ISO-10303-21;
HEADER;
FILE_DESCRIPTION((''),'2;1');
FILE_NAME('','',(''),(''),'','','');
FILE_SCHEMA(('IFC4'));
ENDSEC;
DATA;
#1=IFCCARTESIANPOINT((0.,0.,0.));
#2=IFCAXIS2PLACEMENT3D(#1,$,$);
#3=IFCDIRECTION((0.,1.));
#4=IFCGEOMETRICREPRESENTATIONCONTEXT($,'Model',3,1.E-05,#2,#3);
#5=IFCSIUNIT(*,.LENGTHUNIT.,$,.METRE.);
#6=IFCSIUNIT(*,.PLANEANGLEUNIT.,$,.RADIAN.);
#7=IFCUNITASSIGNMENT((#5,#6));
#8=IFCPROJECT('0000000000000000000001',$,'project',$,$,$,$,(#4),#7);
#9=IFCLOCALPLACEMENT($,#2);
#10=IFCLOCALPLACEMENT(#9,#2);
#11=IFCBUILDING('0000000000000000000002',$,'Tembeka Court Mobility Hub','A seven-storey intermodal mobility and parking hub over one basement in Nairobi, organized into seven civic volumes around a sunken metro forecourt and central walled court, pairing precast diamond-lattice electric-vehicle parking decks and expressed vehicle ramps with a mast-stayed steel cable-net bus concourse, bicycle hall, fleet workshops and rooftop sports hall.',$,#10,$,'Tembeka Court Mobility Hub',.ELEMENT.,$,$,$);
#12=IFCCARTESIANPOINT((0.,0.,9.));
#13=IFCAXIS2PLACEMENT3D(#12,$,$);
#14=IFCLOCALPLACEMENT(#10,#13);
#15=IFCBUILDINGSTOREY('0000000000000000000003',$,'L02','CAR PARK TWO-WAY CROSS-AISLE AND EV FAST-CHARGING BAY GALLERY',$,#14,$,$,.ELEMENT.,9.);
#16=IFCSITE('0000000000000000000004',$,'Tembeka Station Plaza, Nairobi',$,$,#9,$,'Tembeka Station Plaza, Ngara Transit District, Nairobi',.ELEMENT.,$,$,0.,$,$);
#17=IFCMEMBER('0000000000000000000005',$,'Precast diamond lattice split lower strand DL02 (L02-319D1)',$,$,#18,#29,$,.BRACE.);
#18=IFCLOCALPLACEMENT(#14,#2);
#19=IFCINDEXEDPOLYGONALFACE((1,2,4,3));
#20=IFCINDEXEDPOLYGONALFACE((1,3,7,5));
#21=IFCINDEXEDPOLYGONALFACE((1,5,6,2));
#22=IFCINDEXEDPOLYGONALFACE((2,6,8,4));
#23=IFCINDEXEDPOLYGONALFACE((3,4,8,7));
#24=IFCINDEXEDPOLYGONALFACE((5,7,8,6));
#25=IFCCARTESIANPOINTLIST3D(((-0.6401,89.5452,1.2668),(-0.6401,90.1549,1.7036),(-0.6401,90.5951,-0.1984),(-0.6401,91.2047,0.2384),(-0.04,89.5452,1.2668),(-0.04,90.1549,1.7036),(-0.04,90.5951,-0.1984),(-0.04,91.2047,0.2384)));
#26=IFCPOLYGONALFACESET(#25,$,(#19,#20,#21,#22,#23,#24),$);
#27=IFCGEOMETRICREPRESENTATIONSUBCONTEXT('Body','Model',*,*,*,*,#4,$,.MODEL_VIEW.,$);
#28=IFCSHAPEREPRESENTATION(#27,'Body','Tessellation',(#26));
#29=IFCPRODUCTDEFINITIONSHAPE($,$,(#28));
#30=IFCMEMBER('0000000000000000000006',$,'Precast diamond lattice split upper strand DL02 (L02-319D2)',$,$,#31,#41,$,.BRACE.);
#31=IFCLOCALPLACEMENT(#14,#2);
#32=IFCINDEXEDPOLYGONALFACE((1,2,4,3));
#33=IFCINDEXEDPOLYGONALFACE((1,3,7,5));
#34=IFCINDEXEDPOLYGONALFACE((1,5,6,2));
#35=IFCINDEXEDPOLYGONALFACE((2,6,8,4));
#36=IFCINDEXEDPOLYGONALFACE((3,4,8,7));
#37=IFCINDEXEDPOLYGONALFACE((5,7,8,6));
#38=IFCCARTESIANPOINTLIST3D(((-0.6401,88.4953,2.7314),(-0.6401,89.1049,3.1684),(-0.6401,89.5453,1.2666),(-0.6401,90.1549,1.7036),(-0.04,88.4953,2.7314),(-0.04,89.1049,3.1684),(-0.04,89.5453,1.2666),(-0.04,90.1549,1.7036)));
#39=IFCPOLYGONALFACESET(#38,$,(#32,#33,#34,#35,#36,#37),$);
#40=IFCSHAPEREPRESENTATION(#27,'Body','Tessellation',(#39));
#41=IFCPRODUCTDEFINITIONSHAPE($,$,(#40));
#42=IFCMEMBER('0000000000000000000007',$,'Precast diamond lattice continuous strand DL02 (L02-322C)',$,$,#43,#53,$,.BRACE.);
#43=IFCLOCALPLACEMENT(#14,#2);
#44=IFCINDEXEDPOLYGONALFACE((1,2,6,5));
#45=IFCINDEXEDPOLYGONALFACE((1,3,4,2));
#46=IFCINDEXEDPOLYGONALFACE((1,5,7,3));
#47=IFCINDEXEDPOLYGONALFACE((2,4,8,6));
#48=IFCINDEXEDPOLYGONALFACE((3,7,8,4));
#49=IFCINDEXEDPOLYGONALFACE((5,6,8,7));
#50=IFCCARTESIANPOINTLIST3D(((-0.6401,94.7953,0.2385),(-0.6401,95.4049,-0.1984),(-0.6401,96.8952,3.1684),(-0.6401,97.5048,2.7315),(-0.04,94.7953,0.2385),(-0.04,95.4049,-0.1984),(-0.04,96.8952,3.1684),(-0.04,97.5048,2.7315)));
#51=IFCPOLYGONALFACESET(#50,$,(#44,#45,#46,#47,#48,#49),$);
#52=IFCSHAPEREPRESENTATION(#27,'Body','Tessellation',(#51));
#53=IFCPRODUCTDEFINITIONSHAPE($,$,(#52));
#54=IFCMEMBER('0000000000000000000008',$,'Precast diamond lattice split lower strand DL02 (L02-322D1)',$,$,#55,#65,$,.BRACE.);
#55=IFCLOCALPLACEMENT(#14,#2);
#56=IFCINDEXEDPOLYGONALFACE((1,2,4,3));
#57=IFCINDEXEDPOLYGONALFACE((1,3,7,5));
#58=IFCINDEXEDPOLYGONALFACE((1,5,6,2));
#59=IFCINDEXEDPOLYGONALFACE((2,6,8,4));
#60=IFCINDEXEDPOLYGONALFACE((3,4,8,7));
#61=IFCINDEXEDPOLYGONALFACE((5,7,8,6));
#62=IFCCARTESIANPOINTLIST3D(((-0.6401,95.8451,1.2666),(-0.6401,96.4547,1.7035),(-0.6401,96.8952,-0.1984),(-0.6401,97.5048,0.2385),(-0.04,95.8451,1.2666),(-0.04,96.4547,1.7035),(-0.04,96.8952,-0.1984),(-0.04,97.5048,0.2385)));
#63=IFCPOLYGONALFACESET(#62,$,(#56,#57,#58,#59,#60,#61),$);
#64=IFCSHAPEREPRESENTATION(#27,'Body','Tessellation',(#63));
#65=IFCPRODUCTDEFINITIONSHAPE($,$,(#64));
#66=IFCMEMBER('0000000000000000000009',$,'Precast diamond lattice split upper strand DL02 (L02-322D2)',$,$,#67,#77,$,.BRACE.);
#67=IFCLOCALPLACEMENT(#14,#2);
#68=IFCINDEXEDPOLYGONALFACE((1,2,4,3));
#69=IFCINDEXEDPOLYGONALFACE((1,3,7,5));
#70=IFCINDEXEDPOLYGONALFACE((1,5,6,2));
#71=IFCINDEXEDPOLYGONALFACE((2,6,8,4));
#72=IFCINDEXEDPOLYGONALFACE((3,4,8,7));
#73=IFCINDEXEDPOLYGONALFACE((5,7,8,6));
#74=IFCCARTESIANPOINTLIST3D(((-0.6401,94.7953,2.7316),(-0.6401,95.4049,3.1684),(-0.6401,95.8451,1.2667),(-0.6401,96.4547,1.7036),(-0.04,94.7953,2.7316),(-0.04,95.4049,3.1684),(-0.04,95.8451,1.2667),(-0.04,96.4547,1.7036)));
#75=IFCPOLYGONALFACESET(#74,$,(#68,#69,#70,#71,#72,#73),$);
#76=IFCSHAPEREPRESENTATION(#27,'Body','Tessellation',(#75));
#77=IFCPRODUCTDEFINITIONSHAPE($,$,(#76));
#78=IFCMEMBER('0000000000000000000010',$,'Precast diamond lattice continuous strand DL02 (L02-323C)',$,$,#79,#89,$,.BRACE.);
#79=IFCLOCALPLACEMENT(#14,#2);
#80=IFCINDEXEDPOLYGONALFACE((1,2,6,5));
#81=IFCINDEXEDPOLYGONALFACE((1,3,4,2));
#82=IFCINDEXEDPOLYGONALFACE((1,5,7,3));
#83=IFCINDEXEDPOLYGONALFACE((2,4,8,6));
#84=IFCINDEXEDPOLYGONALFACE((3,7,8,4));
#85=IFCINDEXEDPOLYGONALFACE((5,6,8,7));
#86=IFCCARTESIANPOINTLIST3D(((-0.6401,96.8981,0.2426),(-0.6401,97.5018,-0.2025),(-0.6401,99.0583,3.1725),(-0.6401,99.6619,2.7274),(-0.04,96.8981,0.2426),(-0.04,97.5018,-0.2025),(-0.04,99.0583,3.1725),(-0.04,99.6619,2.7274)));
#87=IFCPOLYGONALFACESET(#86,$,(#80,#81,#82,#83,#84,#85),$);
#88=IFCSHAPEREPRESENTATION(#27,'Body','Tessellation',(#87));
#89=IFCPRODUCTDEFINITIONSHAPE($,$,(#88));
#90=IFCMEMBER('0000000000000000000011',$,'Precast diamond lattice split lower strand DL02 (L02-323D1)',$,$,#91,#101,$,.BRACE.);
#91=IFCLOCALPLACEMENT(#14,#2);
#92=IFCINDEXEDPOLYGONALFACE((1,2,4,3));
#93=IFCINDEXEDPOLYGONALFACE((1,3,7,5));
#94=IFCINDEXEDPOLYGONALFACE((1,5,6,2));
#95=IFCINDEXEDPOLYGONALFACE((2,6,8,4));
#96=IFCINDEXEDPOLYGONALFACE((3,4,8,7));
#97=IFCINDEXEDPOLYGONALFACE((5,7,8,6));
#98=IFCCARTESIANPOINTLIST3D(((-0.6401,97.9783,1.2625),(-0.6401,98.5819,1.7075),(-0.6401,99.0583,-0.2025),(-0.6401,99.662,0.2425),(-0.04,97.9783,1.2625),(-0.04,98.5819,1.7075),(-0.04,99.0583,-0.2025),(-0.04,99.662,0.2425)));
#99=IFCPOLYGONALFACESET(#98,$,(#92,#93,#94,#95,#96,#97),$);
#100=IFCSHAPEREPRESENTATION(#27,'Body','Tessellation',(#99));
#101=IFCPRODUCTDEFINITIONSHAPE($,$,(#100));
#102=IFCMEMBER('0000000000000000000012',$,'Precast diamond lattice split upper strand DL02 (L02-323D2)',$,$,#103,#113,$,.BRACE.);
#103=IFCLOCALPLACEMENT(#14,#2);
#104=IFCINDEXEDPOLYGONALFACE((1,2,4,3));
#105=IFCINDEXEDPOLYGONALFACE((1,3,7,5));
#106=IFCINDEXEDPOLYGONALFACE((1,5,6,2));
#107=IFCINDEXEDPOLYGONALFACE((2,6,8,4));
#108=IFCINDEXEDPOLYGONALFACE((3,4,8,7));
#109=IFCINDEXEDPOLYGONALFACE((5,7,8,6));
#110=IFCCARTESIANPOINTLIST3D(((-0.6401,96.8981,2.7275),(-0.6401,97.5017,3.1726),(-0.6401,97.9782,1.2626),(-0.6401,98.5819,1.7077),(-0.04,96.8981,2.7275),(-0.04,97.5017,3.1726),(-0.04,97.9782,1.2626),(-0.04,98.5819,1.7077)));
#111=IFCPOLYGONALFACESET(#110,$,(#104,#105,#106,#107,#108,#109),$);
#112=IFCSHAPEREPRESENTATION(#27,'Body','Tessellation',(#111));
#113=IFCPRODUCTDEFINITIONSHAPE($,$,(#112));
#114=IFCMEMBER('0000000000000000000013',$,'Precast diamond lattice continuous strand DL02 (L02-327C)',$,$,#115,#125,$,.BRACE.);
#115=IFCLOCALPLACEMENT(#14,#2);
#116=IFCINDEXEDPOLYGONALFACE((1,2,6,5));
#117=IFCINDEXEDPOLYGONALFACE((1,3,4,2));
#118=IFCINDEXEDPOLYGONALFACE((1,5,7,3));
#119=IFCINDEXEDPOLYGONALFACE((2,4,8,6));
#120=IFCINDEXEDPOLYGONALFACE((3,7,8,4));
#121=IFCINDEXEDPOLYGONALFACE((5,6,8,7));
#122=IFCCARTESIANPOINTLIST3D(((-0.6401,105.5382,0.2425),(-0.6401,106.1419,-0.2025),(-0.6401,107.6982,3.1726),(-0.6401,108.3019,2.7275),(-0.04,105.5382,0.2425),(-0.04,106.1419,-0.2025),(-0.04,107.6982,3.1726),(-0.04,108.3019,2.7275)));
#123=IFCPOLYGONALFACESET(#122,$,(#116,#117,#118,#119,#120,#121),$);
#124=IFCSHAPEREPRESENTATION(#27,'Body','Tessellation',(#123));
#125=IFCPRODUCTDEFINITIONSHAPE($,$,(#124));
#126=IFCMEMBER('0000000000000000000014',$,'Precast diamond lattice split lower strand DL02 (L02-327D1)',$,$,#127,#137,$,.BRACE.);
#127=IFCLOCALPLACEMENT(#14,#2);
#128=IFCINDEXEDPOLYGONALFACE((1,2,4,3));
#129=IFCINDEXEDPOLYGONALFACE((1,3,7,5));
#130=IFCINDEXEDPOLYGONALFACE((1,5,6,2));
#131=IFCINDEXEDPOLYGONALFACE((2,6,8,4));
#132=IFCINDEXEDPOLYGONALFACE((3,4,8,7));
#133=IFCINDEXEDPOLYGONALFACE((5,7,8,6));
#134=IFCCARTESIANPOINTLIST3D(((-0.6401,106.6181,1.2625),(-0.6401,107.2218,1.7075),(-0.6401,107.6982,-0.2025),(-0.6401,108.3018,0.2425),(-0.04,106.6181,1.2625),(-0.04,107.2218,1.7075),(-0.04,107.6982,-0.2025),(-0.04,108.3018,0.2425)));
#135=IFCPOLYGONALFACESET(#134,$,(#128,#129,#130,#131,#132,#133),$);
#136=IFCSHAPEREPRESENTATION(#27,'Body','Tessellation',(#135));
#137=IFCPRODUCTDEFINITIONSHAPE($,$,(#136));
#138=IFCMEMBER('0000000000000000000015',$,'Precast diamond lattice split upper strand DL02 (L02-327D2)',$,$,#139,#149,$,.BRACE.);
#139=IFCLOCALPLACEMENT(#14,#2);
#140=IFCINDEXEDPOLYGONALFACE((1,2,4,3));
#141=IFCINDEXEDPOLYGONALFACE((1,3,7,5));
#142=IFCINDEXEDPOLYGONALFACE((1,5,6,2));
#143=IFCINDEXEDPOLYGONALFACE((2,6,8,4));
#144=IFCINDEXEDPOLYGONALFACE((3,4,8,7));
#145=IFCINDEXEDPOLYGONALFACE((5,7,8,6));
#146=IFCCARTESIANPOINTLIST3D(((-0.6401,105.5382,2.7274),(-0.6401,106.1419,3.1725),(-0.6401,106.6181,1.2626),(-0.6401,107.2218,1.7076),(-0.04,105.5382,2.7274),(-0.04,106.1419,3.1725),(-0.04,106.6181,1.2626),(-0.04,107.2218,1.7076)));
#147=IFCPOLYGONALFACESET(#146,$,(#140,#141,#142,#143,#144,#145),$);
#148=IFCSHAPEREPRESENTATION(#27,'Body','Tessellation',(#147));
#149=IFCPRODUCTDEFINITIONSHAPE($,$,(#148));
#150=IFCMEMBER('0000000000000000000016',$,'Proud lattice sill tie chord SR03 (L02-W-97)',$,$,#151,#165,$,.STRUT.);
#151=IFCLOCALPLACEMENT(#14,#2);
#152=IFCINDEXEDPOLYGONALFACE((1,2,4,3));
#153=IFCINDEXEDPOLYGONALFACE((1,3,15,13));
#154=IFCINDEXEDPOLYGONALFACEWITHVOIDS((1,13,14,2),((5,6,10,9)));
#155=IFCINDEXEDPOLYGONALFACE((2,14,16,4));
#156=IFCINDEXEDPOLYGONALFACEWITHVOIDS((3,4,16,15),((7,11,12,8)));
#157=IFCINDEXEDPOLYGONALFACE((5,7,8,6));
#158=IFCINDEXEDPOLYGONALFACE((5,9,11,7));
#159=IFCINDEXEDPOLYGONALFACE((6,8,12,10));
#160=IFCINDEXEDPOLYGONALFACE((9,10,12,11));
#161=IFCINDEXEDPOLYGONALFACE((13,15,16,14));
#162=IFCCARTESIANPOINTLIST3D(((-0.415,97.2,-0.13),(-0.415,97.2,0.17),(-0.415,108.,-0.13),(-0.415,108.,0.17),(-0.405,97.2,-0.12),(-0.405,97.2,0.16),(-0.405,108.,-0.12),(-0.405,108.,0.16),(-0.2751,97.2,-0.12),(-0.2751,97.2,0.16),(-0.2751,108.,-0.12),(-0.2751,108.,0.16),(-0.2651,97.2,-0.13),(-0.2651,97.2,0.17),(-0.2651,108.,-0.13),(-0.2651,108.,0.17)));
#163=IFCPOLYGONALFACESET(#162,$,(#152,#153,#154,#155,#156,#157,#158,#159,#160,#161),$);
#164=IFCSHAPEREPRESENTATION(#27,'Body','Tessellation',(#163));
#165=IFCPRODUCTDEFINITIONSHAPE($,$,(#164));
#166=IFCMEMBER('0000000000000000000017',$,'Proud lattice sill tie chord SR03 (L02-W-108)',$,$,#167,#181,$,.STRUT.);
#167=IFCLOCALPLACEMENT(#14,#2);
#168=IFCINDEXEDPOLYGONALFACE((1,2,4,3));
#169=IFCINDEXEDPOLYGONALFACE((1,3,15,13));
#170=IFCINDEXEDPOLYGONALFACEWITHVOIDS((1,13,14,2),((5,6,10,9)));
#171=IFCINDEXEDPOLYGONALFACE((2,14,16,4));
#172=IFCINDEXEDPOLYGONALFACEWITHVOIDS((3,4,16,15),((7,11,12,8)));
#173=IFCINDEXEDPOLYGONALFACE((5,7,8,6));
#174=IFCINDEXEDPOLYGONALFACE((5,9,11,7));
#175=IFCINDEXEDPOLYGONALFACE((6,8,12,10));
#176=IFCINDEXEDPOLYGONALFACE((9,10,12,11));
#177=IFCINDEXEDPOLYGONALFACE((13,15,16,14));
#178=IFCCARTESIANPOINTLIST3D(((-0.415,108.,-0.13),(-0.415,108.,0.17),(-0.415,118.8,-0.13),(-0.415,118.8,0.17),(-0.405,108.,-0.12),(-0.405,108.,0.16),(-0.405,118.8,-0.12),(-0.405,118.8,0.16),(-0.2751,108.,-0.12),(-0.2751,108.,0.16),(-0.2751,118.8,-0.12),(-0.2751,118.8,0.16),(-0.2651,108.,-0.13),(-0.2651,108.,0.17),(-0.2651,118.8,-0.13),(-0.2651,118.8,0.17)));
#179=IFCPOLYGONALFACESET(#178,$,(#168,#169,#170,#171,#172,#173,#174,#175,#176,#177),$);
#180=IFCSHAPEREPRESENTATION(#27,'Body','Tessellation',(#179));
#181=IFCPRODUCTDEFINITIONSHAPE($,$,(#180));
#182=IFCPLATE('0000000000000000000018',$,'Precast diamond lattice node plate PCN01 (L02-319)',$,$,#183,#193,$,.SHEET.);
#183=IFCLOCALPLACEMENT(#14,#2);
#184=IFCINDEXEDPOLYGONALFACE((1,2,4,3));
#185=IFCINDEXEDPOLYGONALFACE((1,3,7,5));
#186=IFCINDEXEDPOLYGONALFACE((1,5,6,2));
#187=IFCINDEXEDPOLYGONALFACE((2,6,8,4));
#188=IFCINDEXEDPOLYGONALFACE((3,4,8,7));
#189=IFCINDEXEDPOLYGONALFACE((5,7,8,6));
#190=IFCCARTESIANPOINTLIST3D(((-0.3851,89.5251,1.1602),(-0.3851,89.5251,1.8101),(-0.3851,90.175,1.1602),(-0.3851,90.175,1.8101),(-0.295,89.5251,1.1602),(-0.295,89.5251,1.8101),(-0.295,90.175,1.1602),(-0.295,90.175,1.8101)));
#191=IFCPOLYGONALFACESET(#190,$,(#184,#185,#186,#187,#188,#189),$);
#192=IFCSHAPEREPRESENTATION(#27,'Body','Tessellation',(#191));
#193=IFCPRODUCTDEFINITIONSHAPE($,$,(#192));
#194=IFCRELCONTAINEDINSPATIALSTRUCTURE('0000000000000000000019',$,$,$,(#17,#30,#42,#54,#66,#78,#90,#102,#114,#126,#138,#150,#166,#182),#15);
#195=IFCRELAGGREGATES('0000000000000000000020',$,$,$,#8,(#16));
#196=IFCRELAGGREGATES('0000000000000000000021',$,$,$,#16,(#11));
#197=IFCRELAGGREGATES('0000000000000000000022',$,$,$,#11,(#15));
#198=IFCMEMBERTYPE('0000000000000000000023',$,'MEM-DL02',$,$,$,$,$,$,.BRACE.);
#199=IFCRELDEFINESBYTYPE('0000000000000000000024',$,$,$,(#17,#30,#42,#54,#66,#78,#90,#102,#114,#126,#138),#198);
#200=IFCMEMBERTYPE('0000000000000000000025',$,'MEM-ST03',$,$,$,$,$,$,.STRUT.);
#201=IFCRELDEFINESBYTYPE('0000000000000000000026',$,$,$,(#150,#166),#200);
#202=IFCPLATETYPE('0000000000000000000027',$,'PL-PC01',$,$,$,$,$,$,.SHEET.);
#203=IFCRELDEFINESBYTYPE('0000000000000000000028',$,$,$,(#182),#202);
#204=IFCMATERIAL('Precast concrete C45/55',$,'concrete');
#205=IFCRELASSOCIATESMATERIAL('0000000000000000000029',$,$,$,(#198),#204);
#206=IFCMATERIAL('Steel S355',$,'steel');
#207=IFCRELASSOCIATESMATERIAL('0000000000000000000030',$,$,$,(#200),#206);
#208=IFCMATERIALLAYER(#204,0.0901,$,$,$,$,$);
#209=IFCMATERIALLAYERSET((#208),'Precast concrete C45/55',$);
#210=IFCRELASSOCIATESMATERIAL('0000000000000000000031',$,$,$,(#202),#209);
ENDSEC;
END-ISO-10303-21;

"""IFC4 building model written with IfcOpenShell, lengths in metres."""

from ifc_helpers import new_model, si_unit, direction, frame, origin, origin_2d, place, context, subcontext, project, spatial, rectangle, hollow_rectangle, extrude, material, layer, layer_set, material_profile, profile_set, type_object, element, save


model = new_model("IFC4")

# Units and contexts
model_context = context("Model", 3, precision=1e-05, world=origin(), true_north=direction((0.0, 1.0)))
body_context = subcontext(model_context, "Body", "Model", "MODEL_VIEW")
ifc_project = project(units=[si_unit("LENGTHUNIT", "METRE"), si_unit("PLANEANGLEUNIT", "RADIAN")], contexts=[model_context])

# Site, building, storey
site_placement = place(None, origin())
site = spatial("IfcSite", under=ifc_project, at=site_placement, Name="Tembeka Station Plaza, Nairobi", LongName="Tembeka Station Plaza, Ngara Transit District, Nairobi", CompositionType="ELEMENT", RefElevation=0.0)
building_placement = place(site_placement, origin())
building = spatial("IfcBuilding", under=site, at=building_placement, Name="Tembeka Court Mobility Hub", Description="A seven-storey intermodal mobility and parking hub over one basement in Nairobi, organized into seven civic volumes around a sunken metro forecourt and central walled court, pairing precast diamond-lattice electric-vehicle parking decks and expressed vehicle ramps with a mast-stayed steel cable-net bus concourse, bicycle hall, fleet workshops and rooftop sports hall.", LongName="Tembeka Court Mobility Hub", CompositionType="ELEMENT")
storey_placement = place(building_placement, frame((0.0, 0.0, 9.0)))
storey = spatial("IfcBuildingStorey", under=building, at=storey_placement, Name="L02", Description="CAR PARK TWO-WAY CROSS-AISLE AND EV FAST-CHARGING BAY GALLERY", CompositionType="ELEMENT", Elevation=9.0)

# Members
ifc_material_1 = material(Name="Precast concrete C45/55", Category="concrete")
ifc_material_profile_1 = material_profile(ifc_material_1, rectangle(XDim=0.6001, YDim=0.75, at=origin_2d()), Name="PC-DIAG 600x750")
ifc_profile_set_1 = profile_set([ifc_material_profile_1], Name="Precast concrete C45/55")
member_type_1 = type_object("IfcMemberType", Name="MEM-DL02", PredefinedType="BRACE", material=ifc_profile_set_1)
member_1_placement = place(storey_placement, frame((-0.3401, 90.8999, 0.02), z_axis=(0.0, -0.582455, 0.812863), x_axis=(1.0, 0.0, 0.0)))
element("IfcMember", 1, at=member_1_placement, inside=storey, type_object=member_type_1, Name="Precast diamond lattice split lower strand DL02 (L02-319D1)", PredefinedType="BRACE", context=body_context, shape_type="SweptSolid", body=[
    extrude(rectangle(XDim=0.6001, YDim=0.75, at=origin_2d()), origin(), (0.0, 0.0, 1.0), 1.8025),
])
member_2_placement = place(storey_placement, frame((-0.3401, 89.8501, 1.4851), z_axis=(0.0, -0.582608, 0.812753), x_axis=(1.0, 0.0, 0.0)))
element("IfcMember", 2, at=member_2_placement, inside=storey, type_object=member_type_1, Name="Precast diamond lattice split upper strand DL02 (L02-319D2)", PredefinedType="BRACE", context=body_context, shape_type="SweptSolid", body=[
    extrude(rectangle(XDim=0.6001, YDim=0.75, at=origin_2d()), origin(), (0.0, 0.0, 1.0), 1.8022),
])
member_3_placement = place(storey_placement, frame((-0.3401, 95.1001, 0.02), z_axis=(0.0, 0.582532, 0.812808), x_axis=(-1.0, 0.0, 0.0)))
element("IfcMember", 3, at=member_3_placement, inside=storey, type_object=member_type_1, Name="Precast diamond lattice continuous strand DL02 (L02-322C)", PredefinedType="BRACE", context=body_context, shape_type="SweptSolid", body=[
    extrude(rectangle(XDim=0.6001, YDim=0.75, at=origin_2d()), origin(), (0.0, 0.0, 1.0), 3.6047),
])
member_4_placement = place(storey_placement, frame((-0.3401, 97.2, 0.02), z_axis=(0.0, -0.582544, 0.812799), x_axis=(1.0, 0.0, 0.0)))
element("IfcMember", 4, at=member_4_placement, inside=storey, type_object=member_type_1, Name="Precast diamond lattice split lower strand DL02 (L02-322D1)", PredefinedType="BRACE", context=body_context, shape_type="SweptSolid", body=[
    extrude(rectangle(XDim=0.6001, YDim=0.75, at=origin_2d()), origin(), (0.0, 0.0, 1.0), 1.8025),
])
member_5_placement = place(storey_placement, frame((-0.3401, 96.1499, 1.4851), z_axis=(0.0, -0.582519, 0.812817), x_axis=(1.0, 0.0, 0.0)))
element("IfcMember", 5, at=member_5_placement, inside=storey, type_object=member_type_1, Name="Precast diamond lattice split upper strand DL02 (L02-322D2)", PredefinedType="BRACE", context=body_context, shape_type="SweptSolid", body=[
    extrude(rectangle(XDim=0.6001, YDim=0.75, at=origin_2d()), origin(), (0.0, 0.0, 1.0), 1.8022),
])
member_6_placement = place(storey_placement, frame((-0.3401, 97.2, 0.02), z_axis=(0.0, 0.593423, 0.804891), x_axis=(-1.0, 0.0, 0.0)))
element("IfcMember", 6, at=member_6_placement, inside=storey, type_object=member_type_1, Name="Precast diamond lattice continuous strand DL02 (L02-323C)", PredefinedType="BRACE", context=body_context, shape_type="SweptSolid", body=[
    extrude(rectangle(XDim=0.6001, YDim=0.75, at=origin_2d()), origin(), (0.0, 0.0, 1.0), 3.6401),
])
for number, where, z_axis, x_axis, name in (
    (7, (-0.3401, 99.3601, 0.02), (0.0, -0.593391, 0.804914), (1.0, 0.0, 0.0), "Precast diamond lattice split lower strand DL02 (L02-323D1)"),
    (8, (-0.3401, 98.28, 1.4851), (0.0, -0.593455, 0.804867), (1.0, 0.0, 0.0), "Precast diamond lattice split upper strand DL02 (L02-323D2)"),
):
    element("IfcMember", number, at=place(storey_placement, frame(where, z_axis=z_axis, x_axis=x_axis)), inside=storey, type_object=member_type_1, Name=name, PredefinedType="BRACE", context=body_context, shape_type="SweptSolid", body=[
        extrude(rectangle(XDim=0.6001, YDim=0.75, at=origin_2d()), origin(), (0.0, 0.0, 1.0), 1.8201),
    ])
member_7_placement = place(storey_placement, frame((-0.3401, 105.8401, 0.02), z_axis=(0.0, 0.59338, 0.804923), x_axis=(-1.0, 0.0, 0.0)))
element("IfcMember", 9, at=member_7_placement, inside=storey, type_object=member_type_1, Name="Precast diamond lattice continuous strand DL02 (L02-327C)", PredefinedType="BRACE", context=body_context, shape_type="SweptSolid", body=[
    extrude(rectangle(XDim=0.6001, YDim=0.75, at=origin_2d()), origin(), (0.0, 0.0, 1.0), 3.6401),
])
member_8_placement = place(storey_placement, frame((-0.3401, 108.0, 0.02), z_axis=(0.0, -0.593391, 0.804914), x_axis=(1.0, 0.0, 0.0)))
element("IfcMember", 10, at=member_8_placement, inside=storey, type_object=member_type_1, Name="Precast diamond lattice split lower strand DL02 (L02-327D1)", PredefinedType="BRACE", context=body_context, shape_type="SweptSolid", body=[
    extrude(rectangle(XDim=0.6001, YDim=0.75, at=origin_2d()), origin(), (0.0, 0.0, 1.0), 1.8201),
])
member_9_placement = place(storey_placement, frame((-0.3401, 106.9199, 1.4851), z_axis=(0.0, -0.593368, 0.804931), x_axis=(1.0, 0.0, 0.0)))
element("IfcMember", 11, at=member_9_placement, inside=storey, type_object=member_type_1, Name="Precast diamond lattice split upper strand DL02 (L02-327D2)", PredefinedType="BRACE", context=body_context, shape_type="SweptSolid", body=[
    extrude(rectangle(XDim=0.6001, YDim=0.75, at=origin_2d()), origin(), (0.0, 0.0, 1.0), 1.8198),
])
ifc_material_2 = material(Name="Steel S355", Category="steel")
ifc_material_profile_2 = material_profile(ifc_material_2, hollow_rectangle(XDim=0.1499, YDim=0.3, WallThickness=0.01, at=origin_2d()), Name="RHS 300x150x10")
ifc_profile_set_2 = profile_set([ifc_material_profile_2], Name="Steel S355")
member_type_2 = type_object("IfcMemberType", Name="MEM-ST03", PredefinedType="STRUT", material=ifc_profile_set_2)
for number, where, z_axis, x_axis, name in (
    (12, (-0.3401, 97.2, 0.02), (0.0, 1.0, 0.0), (-1.0, 0.0, 0.0), "Proud lattice sill tie chord SR03 (L02-W-97)"),
    (13, (-0.3401, 108.0, 0.02), (0.0, 1.0, 0.0), (-1.0, 0.0, 0.0), "Proud lattice sill tie chord SR03 (L02-W-108)"),
):
    element("IfcMember", number, at=place(storey_placement, frame(where, z_axis=z_axis, x_axis=x_axis)), inside=storey, type_object=member_type_2, Name=name, PredefinedType="STRUT", context=body_context, shape_type="SweptSolid", body=[
        extrude(hollow_rectangle(XDim=0.1499, YDim=0.3, WallThickness=0.01, at=origin_2d()), origin(), (0.0, 0.0, 1.0), 10.8),
    ])

# Plate
ifc_layer = layer(ifc_material_1, 0.0901)
ifc_layer_set = layer_set([ifc_layer], Name="Precast concrete C45/55")
plate_type = type_object("IfcPlateType", Name="PL-PC01", PredefinedType="SHEET", material=ifc_layer_set)
for number, where, z_axis, x_axis, name in (
    (14, (-0.3401, 89.8501, 1.1602), (0.0, 0.0, 1.0), (1.0, 0.0, 0.0), "Precast diamond lattice node plate PCN01 (L02-319)"),
):
    element("IfcPlate", number, at=place(storey_placement, frame(where, z_axis=z_axis, x_axis=x_axis)), inside=storey, type_object=plate_type, Name=name, PredefinedType="SHEET", context=body_context, shape_type="SweptSolid", body=[
        extrude(rectangle(XDim=0.0901, YDim=0.6499, at=origin_2d()), origin(), (0.0, 0.0, 1.0), 0.6499),
    ])

save(model, "model.ifc")
